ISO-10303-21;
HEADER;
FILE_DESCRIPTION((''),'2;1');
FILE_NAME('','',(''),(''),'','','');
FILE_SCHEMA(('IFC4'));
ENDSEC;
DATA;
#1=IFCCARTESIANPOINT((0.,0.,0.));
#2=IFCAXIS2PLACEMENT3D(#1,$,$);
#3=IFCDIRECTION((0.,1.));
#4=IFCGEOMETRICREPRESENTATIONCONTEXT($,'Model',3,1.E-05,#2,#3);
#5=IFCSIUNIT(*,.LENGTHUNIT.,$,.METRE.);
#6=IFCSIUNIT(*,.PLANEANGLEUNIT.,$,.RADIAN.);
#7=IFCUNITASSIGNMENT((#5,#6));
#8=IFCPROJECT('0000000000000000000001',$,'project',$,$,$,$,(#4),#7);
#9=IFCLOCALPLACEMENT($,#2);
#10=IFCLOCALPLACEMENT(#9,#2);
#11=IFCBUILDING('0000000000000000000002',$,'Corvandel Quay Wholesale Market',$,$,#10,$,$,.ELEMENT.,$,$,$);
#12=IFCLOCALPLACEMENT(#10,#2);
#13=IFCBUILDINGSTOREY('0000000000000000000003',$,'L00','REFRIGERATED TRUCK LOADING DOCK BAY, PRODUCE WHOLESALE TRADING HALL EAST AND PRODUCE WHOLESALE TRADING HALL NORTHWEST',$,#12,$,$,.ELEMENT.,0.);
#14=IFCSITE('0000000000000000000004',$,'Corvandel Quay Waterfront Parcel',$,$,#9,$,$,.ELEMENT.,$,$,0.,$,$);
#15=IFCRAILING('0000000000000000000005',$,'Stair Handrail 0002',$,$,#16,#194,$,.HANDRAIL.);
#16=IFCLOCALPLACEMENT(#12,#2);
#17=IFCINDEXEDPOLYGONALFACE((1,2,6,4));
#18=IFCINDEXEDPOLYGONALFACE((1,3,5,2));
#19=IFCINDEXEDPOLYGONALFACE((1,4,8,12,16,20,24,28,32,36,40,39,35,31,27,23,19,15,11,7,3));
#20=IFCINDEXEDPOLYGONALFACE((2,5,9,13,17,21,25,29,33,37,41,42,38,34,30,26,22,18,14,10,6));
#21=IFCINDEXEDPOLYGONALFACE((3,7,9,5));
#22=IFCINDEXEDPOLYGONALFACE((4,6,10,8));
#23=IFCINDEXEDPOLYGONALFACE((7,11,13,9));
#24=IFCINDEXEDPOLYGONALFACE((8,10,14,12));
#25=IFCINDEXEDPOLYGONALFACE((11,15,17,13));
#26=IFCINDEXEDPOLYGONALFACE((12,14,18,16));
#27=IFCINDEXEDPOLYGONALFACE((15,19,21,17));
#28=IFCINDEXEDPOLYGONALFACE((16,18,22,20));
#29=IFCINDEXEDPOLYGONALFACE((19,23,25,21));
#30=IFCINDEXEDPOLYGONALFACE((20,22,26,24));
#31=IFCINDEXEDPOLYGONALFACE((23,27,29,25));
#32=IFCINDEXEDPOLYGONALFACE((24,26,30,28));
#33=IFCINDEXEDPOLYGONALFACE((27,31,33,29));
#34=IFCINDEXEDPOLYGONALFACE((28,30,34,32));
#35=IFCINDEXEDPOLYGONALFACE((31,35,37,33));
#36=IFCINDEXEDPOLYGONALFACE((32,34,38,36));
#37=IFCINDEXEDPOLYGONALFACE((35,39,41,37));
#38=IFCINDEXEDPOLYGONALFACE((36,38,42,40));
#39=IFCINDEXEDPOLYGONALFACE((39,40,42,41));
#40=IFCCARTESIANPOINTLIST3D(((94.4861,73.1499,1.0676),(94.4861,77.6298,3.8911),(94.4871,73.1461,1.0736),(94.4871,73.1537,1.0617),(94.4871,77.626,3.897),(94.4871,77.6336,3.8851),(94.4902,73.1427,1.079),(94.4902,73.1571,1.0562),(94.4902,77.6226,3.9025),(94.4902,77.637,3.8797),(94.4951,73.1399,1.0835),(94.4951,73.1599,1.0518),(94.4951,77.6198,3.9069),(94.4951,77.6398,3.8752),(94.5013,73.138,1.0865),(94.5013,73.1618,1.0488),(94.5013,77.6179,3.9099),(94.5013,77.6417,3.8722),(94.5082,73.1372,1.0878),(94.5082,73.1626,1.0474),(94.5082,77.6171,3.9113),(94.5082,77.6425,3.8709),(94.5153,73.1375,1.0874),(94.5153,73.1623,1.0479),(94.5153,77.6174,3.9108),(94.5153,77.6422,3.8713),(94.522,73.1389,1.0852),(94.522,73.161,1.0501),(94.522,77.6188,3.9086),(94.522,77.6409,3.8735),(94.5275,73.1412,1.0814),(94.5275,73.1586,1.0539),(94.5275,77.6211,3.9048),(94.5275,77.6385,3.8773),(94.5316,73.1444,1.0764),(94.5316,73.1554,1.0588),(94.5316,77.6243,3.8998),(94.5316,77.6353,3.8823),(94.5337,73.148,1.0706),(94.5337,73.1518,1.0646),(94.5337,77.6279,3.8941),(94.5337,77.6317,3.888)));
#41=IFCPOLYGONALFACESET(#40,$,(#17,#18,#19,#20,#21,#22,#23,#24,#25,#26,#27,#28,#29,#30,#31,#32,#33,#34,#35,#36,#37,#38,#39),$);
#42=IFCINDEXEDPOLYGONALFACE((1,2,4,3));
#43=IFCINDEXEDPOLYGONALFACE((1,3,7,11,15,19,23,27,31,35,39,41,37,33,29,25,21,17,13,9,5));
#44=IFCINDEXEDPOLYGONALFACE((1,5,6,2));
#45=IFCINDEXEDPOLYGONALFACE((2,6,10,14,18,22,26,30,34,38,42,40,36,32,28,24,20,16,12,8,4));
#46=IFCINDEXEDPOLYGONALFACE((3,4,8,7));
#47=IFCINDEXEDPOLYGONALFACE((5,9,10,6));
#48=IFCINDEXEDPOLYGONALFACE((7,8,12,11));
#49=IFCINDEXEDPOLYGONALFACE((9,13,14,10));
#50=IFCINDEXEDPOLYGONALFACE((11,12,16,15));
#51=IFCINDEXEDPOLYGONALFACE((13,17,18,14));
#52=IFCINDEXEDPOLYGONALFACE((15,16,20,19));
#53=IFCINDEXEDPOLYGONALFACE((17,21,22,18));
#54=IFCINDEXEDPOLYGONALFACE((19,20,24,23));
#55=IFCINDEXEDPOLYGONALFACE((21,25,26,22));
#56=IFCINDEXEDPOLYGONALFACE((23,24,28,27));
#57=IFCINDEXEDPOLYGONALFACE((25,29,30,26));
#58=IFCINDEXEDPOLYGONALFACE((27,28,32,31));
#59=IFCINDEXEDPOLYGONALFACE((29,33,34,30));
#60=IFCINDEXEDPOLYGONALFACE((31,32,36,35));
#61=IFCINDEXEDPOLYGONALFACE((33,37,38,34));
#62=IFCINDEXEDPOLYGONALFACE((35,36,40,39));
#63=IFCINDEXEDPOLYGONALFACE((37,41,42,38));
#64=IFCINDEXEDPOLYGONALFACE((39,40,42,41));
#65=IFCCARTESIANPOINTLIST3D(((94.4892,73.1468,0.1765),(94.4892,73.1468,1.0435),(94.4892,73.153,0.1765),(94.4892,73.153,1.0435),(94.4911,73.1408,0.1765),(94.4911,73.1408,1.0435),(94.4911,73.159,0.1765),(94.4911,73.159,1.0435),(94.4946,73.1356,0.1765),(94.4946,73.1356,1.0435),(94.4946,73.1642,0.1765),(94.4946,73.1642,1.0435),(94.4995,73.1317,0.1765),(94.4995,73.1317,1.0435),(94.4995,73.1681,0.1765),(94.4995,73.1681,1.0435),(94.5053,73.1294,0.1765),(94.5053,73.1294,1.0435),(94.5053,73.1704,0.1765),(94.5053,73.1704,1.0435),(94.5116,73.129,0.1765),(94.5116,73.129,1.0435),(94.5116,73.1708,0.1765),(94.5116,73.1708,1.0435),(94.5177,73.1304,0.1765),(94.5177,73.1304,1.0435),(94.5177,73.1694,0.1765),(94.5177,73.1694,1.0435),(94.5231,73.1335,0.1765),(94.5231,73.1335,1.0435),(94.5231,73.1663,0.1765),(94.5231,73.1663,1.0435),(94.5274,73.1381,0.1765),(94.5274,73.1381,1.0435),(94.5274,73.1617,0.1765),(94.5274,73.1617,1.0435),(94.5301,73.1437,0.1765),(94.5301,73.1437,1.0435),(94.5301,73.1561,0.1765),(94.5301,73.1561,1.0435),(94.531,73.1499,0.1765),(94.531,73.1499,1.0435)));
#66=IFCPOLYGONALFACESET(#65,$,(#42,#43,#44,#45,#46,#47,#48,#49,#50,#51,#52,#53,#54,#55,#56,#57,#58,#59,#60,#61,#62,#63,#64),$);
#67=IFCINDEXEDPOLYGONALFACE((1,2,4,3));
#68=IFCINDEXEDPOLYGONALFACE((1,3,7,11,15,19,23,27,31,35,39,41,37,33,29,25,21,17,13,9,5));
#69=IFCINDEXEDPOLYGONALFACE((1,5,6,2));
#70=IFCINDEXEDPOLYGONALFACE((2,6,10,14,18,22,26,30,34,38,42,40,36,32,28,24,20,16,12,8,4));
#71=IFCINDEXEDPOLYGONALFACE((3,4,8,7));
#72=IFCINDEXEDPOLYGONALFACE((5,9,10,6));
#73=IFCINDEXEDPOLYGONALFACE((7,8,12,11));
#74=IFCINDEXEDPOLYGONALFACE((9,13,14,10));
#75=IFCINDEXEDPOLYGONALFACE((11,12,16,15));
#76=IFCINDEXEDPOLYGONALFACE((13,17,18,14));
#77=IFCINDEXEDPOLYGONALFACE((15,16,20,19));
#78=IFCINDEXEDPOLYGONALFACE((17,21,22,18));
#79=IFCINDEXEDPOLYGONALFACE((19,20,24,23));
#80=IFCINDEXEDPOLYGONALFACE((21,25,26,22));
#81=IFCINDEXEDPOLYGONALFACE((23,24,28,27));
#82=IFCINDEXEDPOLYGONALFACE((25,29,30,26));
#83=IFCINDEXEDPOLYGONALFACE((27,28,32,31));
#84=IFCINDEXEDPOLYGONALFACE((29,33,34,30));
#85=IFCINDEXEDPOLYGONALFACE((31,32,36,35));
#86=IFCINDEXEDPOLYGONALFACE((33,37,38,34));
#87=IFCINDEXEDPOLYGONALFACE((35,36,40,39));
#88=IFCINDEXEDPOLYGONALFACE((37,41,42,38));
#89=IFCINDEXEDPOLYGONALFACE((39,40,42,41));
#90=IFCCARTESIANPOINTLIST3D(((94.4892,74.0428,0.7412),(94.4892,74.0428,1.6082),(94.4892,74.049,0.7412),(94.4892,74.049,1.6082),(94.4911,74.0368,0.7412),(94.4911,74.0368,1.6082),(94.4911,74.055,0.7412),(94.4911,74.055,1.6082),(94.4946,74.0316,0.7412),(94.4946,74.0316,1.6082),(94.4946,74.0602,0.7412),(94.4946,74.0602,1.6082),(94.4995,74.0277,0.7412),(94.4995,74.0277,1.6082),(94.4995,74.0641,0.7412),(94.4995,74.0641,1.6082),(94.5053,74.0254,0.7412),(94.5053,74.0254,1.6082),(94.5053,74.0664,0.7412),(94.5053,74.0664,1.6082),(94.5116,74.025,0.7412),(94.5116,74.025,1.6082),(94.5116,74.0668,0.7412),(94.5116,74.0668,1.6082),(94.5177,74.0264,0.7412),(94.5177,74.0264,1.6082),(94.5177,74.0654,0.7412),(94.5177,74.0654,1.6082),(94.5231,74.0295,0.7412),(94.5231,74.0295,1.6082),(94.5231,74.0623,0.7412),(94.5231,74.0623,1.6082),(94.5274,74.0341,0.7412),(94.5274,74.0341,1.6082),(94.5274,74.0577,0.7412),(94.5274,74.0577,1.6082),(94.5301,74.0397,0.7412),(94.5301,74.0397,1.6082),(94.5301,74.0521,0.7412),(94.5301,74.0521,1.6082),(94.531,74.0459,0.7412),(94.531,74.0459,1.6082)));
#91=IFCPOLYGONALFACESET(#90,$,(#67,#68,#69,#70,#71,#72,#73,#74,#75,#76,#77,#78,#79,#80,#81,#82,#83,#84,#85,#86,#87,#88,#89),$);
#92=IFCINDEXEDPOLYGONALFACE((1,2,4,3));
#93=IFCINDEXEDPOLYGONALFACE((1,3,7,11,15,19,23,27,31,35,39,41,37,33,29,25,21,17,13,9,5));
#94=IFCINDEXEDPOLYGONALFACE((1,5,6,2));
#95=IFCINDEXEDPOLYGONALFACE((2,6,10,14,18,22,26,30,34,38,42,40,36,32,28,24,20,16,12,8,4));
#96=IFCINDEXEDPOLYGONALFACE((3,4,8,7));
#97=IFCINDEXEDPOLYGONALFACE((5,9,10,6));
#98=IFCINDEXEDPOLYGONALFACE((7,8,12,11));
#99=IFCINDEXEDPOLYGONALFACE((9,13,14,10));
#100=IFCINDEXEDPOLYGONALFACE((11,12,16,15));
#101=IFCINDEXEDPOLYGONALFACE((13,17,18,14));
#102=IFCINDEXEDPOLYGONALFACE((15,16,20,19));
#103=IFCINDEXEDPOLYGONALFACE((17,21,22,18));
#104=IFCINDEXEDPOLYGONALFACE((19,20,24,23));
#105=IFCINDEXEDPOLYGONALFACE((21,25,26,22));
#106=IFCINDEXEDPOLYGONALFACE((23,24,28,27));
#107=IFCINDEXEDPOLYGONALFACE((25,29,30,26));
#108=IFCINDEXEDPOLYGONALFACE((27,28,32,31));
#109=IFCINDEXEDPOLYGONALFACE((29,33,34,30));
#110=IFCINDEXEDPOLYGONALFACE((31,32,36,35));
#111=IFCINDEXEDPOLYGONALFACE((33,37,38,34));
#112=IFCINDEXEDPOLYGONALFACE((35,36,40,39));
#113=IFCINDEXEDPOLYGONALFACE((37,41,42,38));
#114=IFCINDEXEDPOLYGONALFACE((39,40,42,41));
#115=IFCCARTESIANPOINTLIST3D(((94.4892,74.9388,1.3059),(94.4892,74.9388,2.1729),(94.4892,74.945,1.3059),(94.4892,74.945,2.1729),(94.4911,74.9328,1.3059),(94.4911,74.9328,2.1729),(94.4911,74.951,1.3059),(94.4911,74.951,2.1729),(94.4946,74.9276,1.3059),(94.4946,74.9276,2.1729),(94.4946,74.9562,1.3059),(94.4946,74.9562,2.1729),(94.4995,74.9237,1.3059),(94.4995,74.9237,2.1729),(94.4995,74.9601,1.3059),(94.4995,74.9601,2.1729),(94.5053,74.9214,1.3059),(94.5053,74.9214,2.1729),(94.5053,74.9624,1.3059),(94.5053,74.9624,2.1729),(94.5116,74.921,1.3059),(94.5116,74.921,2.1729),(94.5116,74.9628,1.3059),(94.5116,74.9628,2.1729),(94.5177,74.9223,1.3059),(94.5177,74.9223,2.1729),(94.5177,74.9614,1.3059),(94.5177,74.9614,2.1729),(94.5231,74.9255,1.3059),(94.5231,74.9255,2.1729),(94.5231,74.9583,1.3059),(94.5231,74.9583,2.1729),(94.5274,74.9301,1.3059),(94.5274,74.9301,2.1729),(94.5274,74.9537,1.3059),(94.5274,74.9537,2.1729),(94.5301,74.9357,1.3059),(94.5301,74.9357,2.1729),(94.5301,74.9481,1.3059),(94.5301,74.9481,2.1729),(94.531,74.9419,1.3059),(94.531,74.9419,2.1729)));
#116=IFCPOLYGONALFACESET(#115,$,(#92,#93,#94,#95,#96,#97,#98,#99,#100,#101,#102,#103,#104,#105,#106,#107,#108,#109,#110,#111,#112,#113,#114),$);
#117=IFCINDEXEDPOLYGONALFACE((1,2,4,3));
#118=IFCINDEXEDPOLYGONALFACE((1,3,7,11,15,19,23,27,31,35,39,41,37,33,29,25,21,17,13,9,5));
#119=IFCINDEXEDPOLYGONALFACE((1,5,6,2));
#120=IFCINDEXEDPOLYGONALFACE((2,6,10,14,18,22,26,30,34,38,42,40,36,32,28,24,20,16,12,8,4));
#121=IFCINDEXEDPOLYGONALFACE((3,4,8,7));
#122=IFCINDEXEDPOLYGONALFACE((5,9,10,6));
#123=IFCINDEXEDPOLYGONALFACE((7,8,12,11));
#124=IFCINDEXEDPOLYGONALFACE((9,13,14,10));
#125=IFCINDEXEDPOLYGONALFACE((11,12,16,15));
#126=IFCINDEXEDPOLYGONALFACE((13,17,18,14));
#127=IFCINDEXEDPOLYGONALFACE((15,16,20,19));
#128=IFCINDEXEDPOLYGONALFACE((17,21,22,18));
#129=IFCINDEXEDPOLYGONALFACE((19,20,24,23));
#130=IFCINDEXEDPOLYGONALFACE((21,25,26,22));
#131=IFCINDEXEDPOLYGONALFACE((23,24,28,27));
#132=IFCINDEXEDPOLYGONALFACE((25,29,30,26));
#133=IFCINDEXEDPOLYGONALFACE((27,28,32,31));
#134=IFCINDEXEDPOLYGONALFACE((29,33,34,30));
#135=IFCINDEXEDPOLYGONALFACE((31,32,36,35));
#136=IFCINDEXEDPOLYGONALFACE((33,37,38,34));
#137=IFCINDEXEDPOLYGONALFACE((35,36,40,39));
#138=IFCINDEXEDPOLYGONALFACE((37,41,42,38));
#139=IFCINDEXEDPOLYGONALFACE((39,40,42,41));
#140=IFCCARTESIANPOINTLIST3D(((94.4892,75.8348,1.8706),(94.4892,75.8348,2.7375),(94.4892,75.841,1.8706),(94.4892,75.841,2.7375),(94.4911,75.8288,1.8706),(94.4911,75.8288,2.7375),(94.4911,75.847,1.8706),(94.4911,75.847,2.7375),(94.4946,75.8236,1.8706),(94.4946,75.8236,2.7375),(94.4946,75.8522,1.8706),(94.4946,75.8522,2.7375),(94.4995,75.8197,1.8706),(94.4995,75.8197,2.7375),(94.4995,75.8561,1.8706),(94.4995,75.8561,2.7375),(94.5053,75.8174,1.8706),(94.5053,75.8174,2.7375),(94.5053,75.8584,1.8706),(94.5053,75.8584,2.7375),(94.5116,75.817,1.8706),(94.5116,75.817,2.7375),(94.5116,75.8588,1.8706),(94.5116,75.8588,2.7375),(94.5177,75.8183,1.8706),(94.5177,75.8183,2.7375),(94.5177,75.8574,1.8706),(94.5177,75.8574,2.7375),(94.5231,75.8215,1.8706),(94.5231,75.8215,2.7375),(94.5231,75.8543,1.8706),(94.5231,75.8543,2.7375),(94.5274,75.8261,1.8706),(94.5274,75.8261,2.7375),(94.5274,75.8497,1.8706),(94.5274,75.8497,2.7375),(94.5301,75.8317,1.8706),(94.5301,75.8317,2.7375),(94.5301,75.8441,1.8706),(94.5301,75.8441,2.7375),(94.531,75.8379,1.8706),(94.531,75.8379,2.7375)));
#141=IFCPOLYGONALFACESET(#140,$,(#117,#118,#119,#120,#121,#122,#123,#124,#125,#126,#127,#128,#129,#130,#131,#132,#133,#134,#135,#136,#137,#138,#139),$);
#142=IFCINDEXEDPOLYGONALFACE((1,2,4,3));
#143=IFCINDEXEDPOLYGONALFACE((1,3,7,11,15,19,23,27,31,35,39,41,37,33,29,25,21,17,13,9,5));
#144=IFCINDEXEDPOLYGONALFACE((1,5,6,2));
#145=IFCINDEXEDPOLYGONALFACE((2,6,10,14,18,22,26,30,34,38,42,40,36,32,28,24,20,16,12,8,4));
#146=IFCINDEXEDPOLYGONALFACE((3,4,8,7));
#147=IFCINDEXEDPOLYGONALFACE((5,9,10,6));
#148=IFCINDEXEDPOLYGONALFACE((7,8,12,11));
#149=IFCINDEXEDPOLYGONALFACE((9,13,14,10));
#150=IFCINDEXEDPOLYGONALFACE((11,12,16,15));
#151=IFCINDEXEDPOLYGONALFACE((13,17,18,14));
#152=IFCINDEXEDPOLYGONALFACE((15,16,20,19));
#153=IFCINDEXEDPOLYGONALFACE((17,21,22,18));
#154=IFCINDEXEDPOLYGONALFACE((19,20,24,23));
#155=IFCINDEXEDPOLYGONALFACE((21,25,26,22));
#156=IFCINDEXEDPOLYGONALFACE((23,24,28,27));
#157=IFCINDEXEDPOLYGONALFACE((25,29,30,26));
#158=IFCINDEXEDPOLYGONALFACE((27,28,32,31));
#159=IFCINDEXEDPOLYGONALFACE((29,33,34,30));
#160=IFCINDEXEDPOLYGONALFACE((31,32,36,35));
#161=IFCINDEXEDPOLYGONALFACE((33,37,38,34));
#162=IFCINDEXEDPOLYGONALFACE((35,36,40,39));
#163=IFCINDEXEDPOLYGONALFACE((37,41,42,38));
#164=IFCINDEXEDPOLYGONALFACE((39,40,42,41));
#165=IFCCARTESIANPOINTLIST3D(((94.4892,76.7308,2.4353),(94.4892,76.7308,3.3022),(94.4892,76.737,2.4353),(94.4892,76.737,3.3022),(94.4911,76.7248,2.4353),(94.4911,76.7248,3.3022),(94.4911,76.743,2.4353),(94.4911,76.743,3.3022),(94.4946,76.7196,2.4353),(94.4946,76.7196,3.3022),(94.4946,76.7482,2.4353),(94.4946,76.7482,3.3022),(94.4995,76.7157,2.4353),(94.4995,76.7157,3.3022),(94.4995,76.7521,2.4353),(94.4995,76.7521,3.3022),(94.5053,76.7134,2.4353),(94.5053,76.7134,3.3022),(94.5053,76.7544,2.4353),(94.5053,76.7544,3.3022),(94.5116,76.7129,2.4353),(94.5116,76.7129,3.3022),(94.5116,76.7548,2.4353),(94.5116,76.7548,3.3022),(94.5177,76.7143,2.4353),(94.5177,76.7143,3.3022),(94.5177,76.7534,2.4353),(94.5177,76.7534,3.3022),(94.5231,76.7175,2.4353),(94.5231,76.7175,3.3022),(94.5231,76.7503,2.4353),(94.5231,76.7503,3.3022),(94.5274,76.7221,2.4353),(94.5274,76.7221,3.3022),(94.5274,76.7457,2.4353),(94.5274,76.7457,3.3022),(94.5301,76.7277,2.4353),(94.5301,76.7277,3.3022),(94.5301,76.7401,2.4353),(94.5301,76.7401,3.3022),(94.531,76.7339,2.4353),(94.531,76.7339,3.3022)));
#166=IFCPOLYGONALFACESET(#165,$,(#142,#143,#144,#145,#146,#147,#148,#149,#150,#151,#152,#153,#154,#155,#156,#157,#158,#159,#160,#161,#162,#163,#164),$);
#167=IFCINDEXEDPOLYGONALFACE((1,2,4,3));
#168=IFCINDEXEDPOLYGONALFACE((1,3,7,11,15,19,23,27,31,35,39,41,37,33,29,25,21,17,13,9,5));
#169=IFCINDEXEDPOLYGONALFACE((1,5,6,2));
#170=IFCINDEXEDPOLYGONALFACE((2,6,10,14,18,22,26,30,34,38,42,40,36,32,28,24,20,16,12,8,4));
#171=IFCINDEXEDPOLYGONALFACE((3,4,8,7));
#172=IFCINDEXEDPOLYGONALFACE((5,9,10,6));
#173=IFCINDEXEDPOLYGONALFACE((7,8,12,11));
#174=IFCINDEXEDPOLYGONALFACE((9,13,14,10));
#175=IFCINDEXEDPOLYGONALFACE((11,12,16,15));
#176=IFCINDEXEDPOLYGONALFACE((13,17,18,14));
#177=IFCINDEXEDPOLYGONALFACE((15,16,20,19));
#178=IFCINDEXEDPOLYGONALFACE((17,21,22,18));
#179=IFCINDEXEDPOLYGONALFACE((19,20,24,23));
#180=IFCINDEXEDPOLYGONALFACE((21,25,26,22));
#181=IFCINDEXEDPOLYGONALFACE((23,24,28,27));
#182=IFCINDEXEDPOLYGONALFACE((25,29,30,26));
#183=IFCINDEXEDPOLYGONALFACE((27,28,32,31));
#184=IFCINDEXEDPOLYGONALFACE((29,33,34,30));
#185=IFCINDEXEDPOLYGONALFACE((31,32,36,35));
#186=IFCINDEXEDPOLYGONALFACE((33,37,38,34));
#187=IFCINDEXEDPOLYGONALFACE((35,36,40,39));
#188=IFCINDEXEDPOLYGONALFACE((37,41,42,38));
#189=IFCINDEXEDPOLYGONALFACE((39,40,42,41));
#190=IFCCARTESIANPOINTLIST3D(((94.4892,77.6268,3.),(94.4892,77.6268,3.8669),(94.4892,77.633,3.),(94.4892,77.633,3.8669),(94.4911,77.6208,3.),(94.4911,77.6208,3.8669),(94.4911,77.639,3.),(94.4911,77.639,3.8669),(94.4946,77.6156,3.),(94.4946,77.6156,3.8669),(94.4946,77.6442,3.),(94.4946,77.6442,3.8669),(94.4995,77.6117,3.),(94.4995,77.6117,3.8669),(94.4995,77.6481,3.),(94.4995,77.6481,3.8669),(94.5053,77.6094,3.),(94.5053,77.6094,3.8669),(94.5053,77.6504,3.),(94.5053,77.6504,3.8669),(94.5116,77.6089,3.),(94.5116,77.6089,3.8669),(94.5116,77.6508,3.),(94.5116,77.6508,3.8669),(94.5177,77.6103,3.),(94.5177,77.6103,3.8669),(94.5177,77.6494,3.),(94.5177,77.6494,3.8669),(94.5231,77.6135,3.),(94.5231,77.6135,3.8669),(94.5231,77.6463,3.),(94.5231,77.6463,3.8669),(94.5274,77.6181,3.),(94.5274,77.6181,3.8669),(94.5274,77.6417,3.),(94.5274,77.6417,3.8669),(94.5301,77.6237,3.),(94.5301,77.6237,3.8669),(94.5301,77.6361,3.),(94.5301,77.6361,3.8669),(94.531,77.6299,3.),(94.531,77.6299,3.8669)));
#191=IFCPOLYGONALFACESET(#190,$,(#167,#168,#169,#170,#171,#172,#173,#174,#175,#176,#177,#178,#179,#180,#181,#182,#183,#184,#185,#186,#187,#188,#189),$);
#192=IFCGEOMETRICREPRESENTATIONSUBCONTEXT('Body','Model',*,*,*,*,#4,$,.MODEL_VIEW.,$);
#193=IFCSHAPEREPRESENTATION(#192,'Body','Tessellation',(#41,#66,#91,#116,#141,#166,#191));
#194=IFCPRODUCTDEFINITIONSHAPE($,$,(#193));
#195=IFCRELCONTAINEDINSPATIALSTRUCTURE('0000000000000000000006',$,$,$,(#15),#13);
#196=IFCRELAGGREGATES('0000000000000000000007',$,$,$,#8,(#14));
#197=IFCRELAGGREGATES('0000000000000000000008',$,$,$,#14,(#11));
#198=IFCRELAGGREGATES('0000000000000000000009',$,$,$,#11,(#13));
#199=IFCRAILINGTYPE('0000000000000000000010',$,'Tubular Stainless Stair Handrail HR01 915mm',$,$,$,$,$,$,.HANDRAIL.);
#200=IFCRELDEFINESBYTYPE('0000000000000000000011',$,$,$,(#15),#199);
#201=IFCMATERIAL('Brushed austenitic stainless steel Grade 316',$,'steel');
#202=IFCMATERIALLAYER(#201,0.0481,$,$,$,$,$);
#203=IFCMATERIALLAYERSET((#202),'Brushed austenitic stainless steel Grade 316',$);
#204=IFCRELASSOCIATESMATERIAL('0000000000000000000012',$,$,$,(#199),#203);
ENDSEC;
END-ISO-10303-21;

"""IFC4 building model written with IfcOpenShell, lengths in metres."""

from ifc_helpers import new_model, si_unit, direction, frame, origin, origin_2d, place, context, subcontext, project, spatial, circle, extrude, material, layer, layer_set, type_object, element, save


model = new_model("IFC4")

# Units and contexts
model_context = context("Model", 3, precision=1e-05, world=origin(), true_north=direction((0.0, 1.0)))
body_context = subcontext(model_context, "Body", "Model", "MODEL_VIEW")
ifc_project = project(units=[si_unit("LENGTHUNIT", "METRE"), si_unit("PLANEANGLEUNIT", "RADIAN")], contexts=[model_context])

# Site, building, storey
site_placement = place(None, origin())
site = spatial("IfcSite", under=ifc_project, at=site_placement, Name="Corvandel Quay Waterfront Parcel", CompositionType="ELEMENT", RefElevation=0.0)
building_placement = place(site_placement, origin())
building = spatial("IfcBuilding", under=site, at=building_placement, Name="Corvandel Quay Wholesale Market", CompositionType="ELEMENT")
storey_placement = place(building_placement, origin())
storey = spatial("IfcBuildingStorey", under=building, at=storey_placement, Name="L00", Description="REFRIGERATED TRUCK LOADING DOCK BAY, PRODUCE WHOLESALE TRADING HALL EAST AND PRODUCE WHOLESALE TRADING HALL NORTHWEST", CompositionType="ELEMENT", Elevation=0.0)

# Railing
ifc_material_1 = material(Name="Brushed austenitic stainless steel Grade 316", Category="steel")
ifc_layer_1 = layer(ifc_material_1, 0.0481)
ifc_layer_set_1 = layer_set([ifc_layer_1], Name="Brushed austenitic stainless steel Grade 316")
railing_type_1 = type_object("IfcRailingType", Name="Tubular Stainless Stair Handrail HR01 915mm", PredefinedType="HANDRAIL", material=ifc_layer_set_1)
for number, where, name in (
    (1, (94.51, 73.1499, 0.1765), "Stair Handrail 0002"),
):
    element("IfcRailing", number, at=place(storey_placement, frame(where)), inside=storey, type_object=railing_type_1, Name=name, PredefinedType="HANDRAIL", context=body_context, shape_type="SweptSolid", body=[
        extrude(circle(Radius=0.0239, at=origin_2d()), frame((0.0, 0.0, 0.8911), z_axis=(0.0, 0.845998, 0.533186), x_axis=(-1.0, 0.0, 0.0)), (0.0, 0.0, 1.0), 5.2954),
        extrude(circle(Radius=0.021, at=origin_2d()), origin(), (0.0, 0.0, 1.0), 0.8669),
        extrude(circle(Radius=0.021, at=origin_2d()), frame((0.0, 0.896, 0.5647)), (0.0, 0.0, 1.0), 0.8669),
        extrude(circle(Radius=0.021, at=origin_2d()), frame((0.0, 1.792, 1.1294)), (0.0, 0.0, 1.0), 0.8669),
        extrude(circle(Radius=0.021, at=origin_2d()), frame((0.0, 2.688, 1.6941)), (0.0, 0.0, 1.0), 0.8669),
        extrude(circle(Radius=0.021, at=origin_2d()), frame((0.0, 3.584, 2.2588)), (0.0, 0.0, 1.0), 0.8669),
        extrude(circle(Radius=0.021, at=origin_2d()), frame((0.0, 4.48, 2.8235)), (0.0, 0.0, 1.0), 0.8669),
    ])

save(model, "model.ifc")
